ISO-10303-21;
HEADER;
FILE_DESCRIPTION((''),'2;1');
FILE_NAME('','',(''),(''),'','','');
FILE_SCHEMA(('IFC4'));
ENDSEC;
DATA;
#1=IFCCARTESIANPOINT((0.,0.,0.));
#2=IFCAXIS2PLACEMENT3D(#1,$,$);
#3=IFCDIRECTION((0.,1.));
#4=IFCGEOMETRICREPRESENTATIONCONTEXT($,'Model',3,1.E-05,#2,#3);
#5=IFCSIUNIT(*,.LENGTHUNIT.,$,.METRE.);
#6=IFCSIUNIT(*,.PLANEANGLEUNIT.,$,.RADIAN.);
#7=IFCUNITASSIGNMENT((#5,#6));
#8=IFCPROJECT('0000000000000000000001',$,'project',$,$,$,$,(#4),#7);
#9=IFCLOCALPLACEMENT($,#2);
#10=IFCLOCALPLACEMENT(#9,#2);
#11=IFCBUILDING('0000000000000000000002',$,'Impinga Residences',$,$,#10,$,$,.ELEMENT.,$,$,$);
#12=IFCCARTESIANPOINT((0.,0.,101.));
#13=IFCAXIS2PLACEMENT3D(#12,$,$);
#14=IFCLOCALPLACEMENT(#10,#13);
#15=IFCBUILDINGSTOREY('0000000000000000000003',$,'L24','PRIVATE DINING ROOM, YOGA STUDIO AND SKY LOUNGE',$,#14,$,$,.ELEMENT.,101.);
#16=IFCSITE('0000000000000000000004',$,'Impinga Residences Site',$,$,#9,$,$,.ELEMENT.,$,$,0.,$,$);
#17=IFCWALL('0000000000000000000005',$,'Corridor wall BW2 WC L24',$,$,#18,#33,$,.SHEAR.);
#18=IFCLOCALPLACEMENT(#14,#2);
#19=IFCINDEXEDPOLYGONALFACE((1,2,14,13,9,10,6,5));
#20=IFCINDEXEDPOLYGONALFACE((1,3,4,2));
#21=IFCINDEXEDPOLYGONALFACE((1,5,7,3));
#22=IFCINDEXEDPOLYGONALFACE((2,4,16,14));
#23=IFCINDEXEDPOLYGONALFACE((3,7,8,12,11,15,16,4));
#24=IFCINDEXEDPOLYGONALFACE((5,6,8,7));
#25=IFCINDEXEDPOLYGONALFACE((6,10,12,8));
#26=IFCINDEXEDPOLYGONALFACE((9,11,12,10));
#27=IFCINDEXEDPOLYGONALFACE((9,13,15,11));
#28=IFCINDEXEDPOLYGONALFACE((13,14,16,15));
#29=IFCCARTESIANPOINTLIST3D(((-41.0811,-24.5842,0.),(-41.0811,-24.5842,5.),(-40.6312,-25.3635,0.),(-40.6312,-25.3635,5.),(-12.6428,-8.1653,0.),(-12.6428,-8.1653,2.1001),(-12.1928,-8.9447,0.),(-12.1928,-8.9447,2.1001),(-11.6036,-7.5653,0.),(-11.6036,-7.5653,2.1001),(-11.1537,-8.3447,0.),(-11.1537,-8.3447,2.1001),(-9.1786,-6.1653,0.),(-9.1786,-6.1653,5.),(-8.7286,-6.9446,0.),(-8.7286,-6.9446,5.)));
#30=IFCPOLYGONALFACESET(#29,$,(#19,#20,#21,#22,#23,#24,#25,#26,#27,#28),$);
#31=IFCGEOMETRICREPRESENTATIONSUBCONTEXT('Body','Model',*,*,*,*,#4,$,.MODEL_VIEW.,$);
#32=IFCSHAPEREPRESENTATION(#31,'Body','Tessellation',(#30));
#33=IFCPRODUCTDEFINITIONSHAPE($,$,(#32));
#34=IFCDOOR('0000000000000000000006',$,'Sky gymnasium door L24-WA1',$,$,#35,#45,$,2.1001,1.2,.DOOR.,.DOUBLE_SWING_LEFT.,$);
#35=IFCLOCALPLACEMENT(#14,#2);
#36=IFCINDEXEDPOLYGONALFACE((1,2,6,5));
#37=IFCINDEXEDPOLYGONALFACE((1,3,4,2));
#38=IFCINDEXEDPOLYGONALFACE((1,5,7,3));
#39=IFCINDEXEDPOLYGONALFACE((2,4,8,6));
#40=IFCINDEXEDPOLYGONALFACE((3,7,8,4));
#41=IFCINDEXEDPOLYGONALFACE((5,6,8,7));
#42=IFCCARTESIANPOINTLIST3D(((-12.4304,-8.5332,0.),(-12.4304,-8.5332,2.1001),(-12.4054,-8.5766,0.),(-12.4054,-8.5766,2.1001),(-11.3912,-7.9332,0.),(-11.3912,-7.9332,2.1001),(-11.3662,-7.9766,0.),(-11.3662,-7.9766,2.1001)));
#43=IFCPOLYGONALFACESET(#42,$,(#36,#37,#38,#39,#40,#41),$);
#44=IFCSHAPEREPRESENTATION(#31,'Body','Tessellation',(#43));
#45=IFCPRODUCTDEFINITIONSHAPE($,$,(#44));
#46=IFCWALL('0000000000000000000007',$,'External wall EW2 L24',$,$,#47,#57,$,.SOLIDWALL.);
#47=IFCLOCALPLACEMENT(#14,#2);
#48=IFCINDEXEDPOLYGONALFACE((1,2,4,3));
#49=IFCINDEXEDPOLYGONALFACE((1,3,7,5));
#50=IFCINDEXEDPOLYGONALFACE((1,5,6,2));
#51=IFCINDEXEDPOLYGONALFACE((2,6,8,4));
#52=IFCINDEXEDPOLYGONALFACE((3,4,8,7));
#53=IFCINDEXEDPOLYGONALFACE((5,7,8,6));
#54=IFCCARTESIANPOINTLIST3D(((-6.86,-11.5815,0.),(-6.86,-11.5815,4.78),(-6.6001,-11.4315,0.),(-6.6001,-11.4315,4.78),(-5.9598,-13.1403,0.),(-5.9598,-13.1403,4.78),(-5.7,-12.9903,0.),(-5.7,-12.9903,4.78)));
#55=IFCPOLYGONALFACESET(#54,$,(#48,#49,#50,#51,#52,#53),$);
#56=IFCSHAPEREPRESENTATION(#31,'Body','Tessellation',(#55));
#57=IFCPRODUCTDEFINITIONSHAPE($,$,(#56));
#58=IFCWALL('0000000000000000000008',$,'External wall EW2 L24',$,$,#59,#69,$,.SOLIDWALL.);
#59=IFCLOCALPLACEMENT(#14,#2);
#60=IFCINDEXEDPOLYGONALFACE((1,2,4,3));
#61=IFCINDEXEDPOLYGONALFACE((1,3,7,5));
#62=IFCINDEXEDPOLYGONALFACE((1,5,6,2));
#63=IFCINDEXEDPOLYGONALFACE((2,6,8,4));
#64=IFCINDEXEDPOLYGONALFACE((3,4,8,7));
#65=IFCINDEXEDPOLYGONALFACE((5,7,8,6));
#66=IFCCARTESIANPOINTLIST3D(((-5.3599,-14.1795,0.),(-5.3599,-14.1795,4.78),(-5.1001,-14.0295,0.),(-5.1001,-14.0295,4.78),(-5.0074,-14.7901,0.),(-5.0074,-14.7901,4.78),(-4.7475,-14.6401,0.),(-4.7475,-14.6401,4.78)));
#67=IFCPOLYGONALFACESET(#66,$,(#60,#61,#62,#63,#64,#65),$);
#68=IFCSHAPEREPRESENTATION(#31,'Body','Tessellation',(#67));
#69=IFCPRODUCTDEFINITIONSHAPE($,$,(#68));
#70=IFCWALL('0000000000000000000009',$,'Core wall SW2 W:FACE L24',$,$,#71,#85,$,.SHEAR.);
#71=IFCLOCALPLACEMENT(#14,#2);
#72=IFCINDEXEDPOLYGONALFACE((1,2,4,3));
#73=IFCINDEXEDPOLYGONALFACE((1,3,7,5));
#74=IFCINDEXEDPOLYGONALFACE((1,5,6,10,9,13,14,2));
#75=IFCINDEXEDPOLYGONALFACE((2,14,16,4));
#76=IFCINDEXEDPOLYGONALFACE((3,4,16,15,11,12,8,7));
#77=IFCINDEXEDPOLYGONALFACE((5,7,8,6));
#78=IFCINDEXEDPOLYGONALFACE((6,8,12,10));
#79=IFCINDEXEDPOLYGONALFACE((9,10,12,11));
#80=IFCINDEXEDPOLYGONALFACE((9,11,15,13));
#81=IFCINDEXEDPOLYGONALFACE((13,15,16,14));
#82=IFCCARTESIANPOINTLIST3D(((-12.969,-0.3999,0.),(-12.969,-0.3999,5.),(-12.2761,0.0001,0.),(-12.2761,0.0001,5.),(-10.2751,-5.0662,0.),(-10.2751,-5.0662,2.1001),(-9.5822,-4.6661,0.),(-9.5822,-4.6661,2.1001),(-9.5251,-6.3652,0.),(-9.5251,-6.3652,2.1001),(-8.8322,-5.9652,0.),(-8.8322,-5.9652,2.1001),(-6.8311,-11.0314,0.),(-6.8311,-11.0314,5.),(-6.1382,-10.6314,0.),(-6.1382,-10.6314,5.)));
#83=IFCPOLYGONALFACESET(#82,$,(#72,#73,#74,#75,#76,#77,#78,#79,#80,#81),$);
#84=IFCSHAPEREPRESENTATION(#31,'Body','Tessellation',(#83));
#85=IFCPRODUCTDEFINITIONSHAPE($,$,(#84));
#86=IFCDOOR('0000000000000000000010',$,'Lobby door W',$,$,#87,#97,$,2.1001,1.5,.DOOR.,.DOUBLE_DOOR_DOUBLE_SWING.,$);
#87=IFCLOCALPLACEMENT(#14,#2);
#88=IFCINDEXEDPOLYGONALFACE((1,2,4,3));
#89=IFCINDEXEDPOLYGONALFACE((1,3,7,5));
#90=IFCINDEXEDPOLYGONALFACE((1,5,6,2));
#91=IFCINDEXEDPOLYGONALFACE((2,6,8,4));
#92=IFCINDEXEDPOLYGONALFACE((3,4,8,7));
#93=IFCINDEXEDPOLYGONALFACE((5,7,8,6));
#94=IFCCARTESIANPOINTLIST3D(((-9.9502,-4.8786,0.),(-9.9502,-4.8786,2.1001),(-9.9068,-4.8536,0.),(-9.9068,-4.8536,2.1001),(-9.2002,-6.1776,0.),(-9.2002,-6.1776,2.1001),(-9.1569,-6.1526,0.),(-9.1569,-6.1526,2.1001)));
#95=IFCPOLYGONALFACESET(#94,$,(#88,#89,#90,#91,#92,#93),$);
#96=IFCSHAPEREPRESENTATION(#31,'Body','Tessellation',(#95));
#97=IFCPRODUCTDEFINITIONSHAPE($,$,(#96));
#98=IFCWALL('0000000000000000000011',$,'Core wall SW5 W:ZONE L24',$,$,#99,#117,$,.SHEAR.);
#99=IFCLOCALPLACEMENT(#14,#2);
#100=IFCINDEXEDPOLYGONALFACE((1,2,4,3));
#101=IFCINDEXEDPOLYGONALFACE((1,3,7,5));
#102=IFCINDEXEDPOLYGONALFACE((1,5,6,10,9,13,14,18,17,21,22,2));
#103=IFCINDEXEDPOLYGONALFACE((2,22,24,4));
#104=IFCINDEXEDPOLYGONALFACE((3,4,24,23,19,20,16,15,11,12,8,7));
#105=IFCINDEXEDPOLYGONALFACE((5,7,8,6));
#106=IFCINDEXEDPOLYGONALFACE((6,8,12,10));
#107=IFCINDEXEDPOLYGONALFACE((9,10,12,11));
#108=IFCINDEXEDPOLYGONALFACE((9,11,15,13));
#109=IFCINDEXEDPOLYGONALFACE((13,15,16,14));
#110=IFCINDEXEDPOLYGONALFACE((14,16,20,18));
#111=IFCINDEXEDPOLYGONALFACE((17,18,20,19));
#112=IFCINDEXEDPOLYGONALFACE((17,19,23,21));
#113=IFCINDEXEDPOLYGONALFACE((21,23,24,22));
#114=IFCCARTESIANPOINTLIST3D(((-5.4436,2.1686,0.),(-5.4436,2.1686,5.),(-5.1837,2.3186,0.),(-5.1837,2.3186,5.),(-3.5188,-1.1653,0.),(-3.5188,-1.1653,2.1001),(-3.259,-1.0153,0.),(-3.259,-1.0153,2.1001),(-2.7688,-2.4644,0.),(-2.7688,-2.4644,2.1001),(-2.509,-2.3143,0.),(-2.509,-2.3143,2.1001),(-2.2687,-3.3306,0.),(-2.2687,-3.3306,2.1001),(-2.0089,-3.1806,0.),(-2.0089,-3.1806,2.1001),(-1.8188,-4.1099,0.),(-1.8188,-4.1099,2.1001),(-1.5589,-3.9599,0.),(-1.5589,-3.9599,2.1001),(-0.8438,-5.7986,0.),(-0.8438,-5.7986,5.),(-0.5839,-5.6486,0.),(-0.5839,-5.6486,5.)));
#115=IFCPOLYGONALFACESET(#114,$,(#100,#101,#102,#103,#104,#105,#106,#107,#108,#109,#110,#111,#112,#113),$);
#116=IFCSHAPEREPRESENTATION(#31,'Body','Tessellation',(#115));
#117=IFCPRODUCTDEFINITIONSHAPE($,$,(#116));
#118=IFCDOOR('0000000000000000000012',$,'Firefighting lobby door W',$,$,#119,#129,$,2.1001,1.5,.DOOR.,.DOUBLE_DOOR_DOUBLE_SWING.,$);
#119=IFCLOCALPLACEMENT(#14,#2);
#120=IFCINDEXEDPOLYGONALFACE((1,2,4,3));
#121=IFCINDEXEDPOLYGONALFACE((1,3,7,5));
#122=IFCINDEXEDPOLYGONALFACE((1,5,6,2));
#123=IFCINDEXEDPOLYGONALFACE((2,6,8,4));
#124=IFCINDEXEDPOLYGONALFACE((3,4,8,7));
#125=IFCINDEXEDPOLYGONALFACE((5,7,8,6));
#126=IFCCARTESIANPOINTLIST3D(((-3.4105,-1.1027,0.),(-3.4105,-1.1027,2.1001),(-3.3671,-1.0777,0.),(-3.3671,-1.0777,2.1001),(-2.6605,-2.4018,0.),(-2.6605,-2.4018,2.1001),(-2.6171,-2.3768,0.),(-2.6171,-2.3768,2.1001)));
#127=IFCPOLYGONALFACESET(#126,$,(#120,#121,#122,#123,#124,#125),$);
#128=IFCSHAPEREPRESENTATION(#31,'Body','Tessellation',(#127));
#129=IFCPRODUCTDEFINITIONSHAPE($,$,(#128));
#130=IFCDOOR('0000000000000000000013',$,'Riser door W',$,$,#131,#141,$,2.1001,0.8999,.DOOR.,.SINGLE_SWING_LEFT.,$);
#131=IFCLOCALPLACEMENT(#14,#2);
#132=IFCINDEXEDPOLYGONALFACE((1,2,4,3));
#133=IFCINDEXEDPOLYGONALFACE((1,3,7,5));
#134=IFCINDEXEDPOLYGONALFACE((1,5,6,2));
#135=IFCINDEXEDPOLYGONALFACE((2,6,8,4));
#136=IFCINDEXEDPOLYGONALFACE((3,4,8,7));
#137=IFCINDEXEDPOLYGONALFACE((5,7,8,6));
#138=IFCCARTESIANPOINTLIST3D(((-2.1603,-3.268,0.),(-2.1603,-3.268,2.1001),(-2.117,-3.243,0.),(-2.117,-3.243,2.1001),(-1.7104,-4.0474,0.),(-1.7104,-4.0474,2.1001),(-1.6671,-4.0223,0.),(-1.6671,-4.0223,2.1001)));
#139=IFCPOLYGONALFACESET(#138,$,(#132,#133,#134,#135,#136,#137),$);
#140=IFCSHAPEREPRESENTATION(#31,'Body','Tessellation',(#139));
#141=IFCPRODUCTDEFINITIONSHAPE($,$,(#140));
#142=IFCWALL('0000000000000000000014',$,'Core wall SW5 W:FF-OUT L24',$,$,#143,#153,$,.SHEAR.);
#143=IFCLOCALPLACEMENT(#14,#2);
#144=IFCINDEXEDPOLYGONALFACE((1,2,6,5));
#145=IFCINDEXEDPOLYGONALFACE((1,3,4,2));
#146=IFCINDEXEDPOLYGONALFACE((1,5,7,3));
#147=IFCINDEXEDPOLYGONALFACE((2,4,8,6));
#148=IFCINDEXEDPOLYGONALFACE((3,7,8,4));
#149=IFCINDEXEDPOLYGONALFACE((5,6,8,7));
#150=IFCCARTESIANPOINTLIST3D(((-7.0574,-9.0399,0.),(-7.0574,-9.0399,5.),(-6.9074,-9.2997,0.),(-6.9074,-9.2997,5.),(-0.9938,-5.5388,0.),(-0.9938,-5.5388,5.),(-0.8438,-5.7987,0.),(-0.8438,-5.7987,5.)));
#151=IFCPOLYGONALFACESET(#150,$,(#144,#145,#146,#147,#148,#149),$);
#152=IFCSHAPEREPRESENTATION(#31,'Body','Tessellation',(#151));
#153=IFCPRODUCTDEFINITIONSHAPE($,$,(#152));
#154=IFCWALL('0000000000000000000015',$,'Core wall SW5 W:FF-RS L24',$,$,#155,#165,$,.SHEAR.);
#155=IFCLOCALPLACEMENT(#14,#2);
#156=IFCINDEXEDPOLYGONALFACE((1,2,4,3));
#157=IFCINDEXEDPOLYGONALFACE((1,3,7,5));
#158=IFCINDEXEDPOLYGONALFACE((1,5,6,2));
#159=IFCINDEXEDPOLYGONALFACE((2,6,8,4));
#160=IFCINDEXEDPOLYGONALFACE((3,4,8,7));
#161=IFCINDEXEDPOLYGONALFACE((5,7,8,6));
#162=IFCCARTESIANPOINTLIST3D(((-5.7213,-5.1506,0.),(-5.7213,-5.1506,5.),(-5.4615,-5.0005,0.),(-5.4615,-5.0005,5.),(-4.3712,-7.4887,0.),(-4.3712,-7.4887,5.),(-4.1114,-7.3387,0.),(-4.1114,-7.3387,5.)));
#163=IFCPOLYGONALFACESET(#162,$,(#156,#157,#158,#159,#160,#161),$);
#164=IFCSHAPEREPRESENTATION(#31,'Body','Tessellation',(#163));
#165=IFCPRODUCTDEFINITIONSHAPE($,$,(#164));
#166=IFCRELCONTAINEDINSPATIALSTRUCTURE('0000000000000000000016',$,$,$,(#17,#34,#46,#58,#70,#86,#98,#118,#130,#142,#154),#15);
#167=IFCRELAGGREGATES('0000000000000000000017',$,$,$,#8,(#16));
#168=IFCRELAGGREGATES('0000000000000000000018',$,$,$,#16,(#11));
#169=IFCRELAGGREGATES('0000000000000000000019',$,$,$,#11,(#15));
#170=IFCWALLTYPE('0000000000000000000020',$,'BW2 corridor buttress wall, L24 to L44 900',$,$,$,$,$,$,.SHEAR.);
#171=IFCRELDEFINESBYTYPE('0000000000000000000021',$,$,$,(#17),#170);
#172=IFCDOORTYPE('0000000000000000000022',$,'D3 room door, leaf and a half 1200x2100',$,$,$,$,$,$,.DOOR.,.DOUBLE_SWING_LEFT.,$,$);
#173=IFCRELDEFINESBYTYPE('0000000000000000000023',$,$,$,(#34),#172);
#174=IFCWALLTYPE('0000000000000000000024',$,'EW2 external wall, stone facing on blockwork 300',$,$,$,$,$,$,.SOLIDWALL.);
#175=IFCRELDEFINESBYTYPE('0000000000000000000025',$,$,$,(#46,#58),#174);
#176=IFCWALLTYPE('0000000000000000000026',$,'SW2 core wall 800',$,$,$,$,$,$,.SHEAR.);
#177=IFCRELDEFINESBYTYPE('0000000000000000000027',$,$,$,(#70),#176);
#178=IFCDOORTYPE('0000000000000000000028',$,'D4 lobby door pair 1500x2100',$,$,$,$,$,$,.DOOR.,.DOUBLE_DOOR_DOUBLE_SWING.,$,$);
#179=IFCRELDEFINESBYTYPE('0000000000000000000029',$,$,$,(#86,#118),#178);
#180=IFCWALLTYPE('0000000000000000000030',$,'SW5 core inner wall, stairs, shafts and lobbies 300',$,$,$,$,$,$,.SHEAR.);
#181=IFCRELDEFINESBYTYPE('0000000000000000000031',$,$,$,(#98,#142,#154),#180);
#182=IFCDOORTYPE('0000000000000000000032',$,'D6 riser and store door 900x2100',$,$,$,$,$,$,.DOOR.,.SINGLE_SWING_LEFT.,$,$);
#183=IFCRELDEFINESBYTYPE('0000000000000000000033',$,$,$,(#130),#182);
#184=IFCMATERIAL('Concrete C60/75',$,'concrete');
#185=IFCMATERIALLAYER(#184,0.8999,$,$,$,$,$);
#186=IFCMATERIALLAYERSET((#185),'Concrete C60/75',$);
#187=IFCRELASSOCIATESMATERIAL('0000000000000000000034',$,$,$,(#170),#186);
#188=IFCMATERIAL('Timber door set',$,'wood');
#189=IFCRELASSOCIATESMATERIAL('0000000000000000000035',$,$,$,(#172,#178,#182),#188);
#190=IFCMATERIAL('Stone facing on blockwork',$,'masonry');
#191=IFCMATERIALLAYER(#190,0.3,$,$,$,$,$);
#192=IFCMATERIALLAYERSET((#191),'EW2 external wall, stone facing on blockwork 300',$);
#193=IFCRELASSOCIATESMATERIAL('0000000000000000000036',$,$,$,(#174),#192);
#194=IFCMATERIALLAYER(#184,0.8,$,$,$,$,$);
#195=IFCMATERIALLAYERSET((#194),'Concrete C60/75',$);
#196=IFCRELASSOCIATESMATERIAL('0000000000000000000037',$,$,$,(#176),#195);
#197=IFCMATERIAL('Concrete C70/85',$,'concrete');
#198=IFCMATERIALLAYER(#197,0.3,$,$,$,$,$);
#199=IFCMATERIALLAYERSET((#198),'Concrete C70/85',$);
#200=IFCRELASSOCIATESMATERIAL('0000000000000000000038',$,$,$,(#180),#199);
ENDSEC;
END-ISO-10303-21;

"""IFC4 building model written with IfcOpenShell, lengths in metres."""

from ifc_helpers import new_model, si_unit, direction, frame, frame_2d, origin, place, context, subcontext, project, spatial, rectangle, extrude, material, layer, layer_set, type_object, element, fill, save


model = new_model("IFC4")

# Units and contexts
model_context = context("Model", 3, precision=1e-05, world=origin(), true_north=direction((0.0, 1.0)))
body_context = subcontext(model_context, "Body", "Model", "MODEL_VIEW")
ifc_project = project(units=[si_unit("LENGTHUNIT", "METRE"), si_unit("PLANEANGLEUNIT", "RADIAN")], contexts=[model_context])

# Site, building, storey
site_placement = place(None, origin())
site = spatial("IfcSite", under=ifc_project, at=site_placement, Name="Impinga Residences Site", CompositionType="ELEMENT", RefElevation=0.0)
building_placement = place(site_placement, origin())
building = spatial("IfcBuilding", under=site, at=building_placement, Name="Impinga Residences", CompositionType="ELEMENT")
storey_placement = place(building_placement, frame((0.0, 0.0, 101.0)))
storey = spatial("IfcBuildingStorey", under=building, at=storey_placement, Name="L24", Description="PRIVATE DINING ROOM, YOGA STUDIO AND SKY LOUNGE", CompositionType="ELEMENT", Elevation=101.0)

# Shared definitions
ifc_material_1 = material(Name="Concrete C60/75", Category="concrete")

# Wall, opening, door
ifc_layer_1 = layer(ifc_material_1, 0.8999)
ifc_layer_set_1 = layer_set([ifc_layer_1], Name="Concrete C60/75")
wall_type_1 = type_object("IfcWallType", Name="BW2 corridor buttress wall, L24 to L44 900", PredefinedType="SHEAR", material=ifc_layer_set_1)
wall_1_placement = place(storey_placement, frame((-8.9536, -6.5549, 0.0), z_axis=(0.0, 0.0, 1.0), x_axis=(-0.866026, -0.5, 0.0)))
wall_1 = element("IfcWall", 1, at=wall_1_placement, inside=storey, type_object=wall_type_1, Name="Corridor wall BW2 WC L24", PredefinedType="SHEAR", context=body_context, shape_type="SweptSolid", body=[
    extrude(rectangle(XDim=36.8379, YDim=0.8999, at=frame_2d((18.4189, 0.0))), origin(), (0.0, 0.0, 1.0), 5.0),
])
opening_1_placement = place(wall_1_placement, frame((2.8, 0.0, 0.0)))
opening_1 = element("IfcOpeningElement", 2, at=opening_1_placement, cuts=wall_1, PredefinedType="OPENING", context=body_context, shape_type="SweptSolid", body=[
    extrude(rectangle(XDim=1.2, YDim=2.1001, at=frame_2d((0.6001, 1.05))), frame((0.0, 0.46, 0.0), z_axis=(0.0, -1.0, 0.0), x_axis=(1.0, 0.0, 0.0)), (0.0, 0.0, 1.0), 0.9199),
])
ifc_material_2 = material(Name="Timber door set", Category="wood")
door_type_1 = type_object("IfcDoorType", Name="D3 room door, leaf and a half 1200x2100", OperationType="DOUBLE_SWING_LEFT", PredefinedType="DOOR", material=ifc_material_2)
door_1_placement = place(opening_1_placement, origin())
door_1 = element("IfcDoor", 3, at=door_1_placement, inside=storey, type_object=door_type_1, Name="Sky gymnasium door L24-WA1", OperationType="DOUBLE_SWING_LEFT", OverallHeight=2.1001, OverallWidth=1.2, PredefinedType="DOOR", context=body_context, shape_type="SweptSolid", body=[
    extrude(rectangle(XDim=1.2, YDim=2.1001, at=frame_2d((0.6001, 1.05))), frame((0.0, 0.0249, 0.0), z_axis=(0.0, -1.0, 0.0), x_axis=(1.0, 0.0, 0.0)), (0.0, 0.0, 1.0), 0.05),
])
fill(opening_1, door_1)

# Walls
ifc_material_3 = material(Name="Stone facing on blockwork", Category="masonry")
ifc_layer_2 = layer(ifc_material_3, 0.3)
ifc_layer_set_2 = layer_set([ifc_layer_2], Name="EW2 external wall, stone facing on blockwork 300")
wall_type_2 = type_object("IfcWallType", Name="EW2 external wall, stone facing on blockwork 300", PredefinedType="SOLIDWALL", material=ifc_layer_set_2)
wall_2_placement = place(storey_placement, frame((-6.73, -11.5066, 0.0), z_axis=(0.0, 0.0, 1.0), x_axis=(0.500063, -0.865989, 0.0)))
element("IfcWall", 4, at=wall_2_placement, inside=storey, type_object=wall_type_2, Name="External wall EW2 L24", PredefinedType="SOLIDWALL", context=body_context, shape_type="SweptSolid", body=[
    extrude(rectangle(XDim=1.8, YDim=0.3, at=frame_2d((0.8999, 0.0))), origin(), (0.0, 0.0, 1.0), 4.78),
])
wall_3_placement = place(storey_placement, frame((-5.23, -14.1045, 0.0), z_axis=(0.0, 0.0, 1.0), x_axis=(0.500012, -0.866018, 0.0)))
element("IfcWall", 5, at=wall_3_placement, inside=storey, type_object=wall_type_2, Name="External wall EW2 L24", PredefinedType="SOLIDWALL", context=body_context, shape_type="SweptSolid", body=[
    extrude(rectangle(XDim=0.7051, YDim=0.3, at=frame_2d((0.3525, 0.0))), origin(), (0.0, 0.0, 1.0), 4.78),
])

# Wall, opening, door
ifc_layer_3 = layer(ifc_material_1, 0.8)
ifc_layer_set_3 = layer_set([ifc_layer_3], Name="Concrete C60/75")
wall_type_3 = type_object("IfcWallType", Name="SW2 core wall 800", PredefinedType="SHEAR", material=ifc_layer_set_3)
wall_4_placement = place(storey_placement, frame((-6.4846, -10.8315, 0.0), z_axis=(0.0, 0.0, 1.0), x_axis=(-0.499987, 0.866033, 0.0)))
wall_4 = element("IfcWall", 6, at=wall_4_placement, inside=storey, type_object=wall_type_3, Name="Core wall SW2 W:FACE L24", PredefinedType="SHEAR", context=body_context, shape_type="SweptSolid", body=[
    extrude(rectangle(XDim=12.2761, YDim=0.8, at=frame_2d((6.1382, 0.0))), origin(), (0.0, 0.0, 1.0), 5.0),
])
opening_2_placement = place(wall_4_placement, frame((5.3882, 0.0, 0.0)))
opening_2 = element("IfcOpeningElement", 7, at=opening_2_placement, cuts=wall_4, PredefinedType="OPENING", context=body_context, shape_type="SweptSolid", body=[
    extrude(rectangle(XDim=1.5, YDim=2.1001, at=frame_2d((0.75, 1.05))), frame((0.0, 0.4099, 0.0), z_axis=(0.0, -1.0, 0.0), x_axis=(1.0, 0.0, 0.0)), (0.0, 0.0, 1.0), 0.8201),
])
door_type_2 = type_object("IfcDoorType", Name="D4 lobby door pair 1500x2100", OperationType="DOUBLE_DOOR_DOUBLE_SWING", PredefinedType="DOOR", material=ifc_material_2)
door_2_placement = place(opening_2_placement, origin())
door_2 = element("IfcDoor", 8, at=door_2_placement, inside=storey, type_object=door_type_2, Name="Lobby door W", OperationType="DOUBLE_DOOR_DOUBLE_SWING", OverallHeight=2.1001, OverallWidth=1.5, PredefinedType="DOOR", context=body_context, shape_type="SweptSolid", body=[
    extrude(rectangle(XDim=1.5, YDim=2.1001, at=frame_2d((0.75, 1.05))), frame((0.0, 0.0249, 0.0), z_axis=(0.0, -1.0, 0.0), x_axis=(1.0, 0.0, 0.0)), (0.0, 0.0, 1.0), 0.05),
])
fill(opening_2, door_2)

# Wall, openings, doors
ifc_material_4 = material(Name="Concrete C70/85", Category="concrete")
ifc_layer_4 = layer(ifc_material_4, 0.3)
ifc_layer_set_4 = layer_set([ifc_layer_4], Name="Concrete C70/85")
wall_type_4 = type_object("IfcWallType", Name="SW5 core inner wall, stairs, shafts and lobbies 300", PredefinedType="SHEAR", material=ifc_layer_set_4)
wall_5_placement = place(storey_placement, frame((-0.7139, -5.7236, 0.0), z_axis=(0.0, 0.0, 1.0), x_axis=(-0.499995, 0.866028, 0.0)))
wall_5 = element("IfcWall", 9, at=wall_5_placement, inside=storey, type_object=wall_type_4, Name="Core wall SW5 W:ZONE L24", PredefinedType="SHEAR", context=body_context, shape_type="SweptSolid", body=[
    extrude(rectangle(XDim=9.1997, YDim=0.3, at=frame_2d((4.5999, 0.0))), origin(), (0.0, 0.0, 1.0), 5.0),
])
opening_3_placement = place(wall_5_placement, frame((3.8501, 0.0, 0.0)))
opening_3 = element("IfcOpeningElement", 10, at=opening_3_placement, cuts=wall_5, PredefinedType="OPENING", context=body_context, shape_type="SweptSolid", body=[
    extrude(rectangle(XDim=1.5, YDim=2.1001, at=frame_2d((0.75, 1.05))), frame((0.0, 0.1599, 0.0), z_axis=(0.0, -1.0, 0.0), x_axis=(1.0, 0.0, 0.0)), (0.0, 0.0, 1.0), 0.3201),
])
opening_4_placement = place(wall_5_placement, frame((1.95, 0.0, 0.0)))
opening_4 = element("IfcOpeningElement", 11, at=opening_4_placement, cuts=wall_5, PredefinedType="OPENING", context=body_context, shape_type="SweptSolid", body=[
    extrude(rectangle(XDim=0.8999, YDim=2.1001, at=frame_2d((0.45, 1.05))), frame((0.0, 0.1599, 0.0), z_axis=(0.0, -1.0, 0.0), x_axis=(1.0, 0.0, 0.0)), (0.0, 0.0, 1.0), 0.3201),
])
door_3_placement = place(opening_3_placement, origin())
door_3 = element("IfcDoor", 12, at=door_3_placement, inside=storey, type_object=door_type_2, Name="Firefighting lobby door W", OperationType="DOUBLE_DOOR_DOUBLE_SWING", OverallHeight=2.1001, OverallWidth=1.5, PredefinedType="DOOR", context=body_context, shape_type="SweptSolid", body=[
    extrude(rectangle(XDim=1.5, YDim=2.1001, at=frame_2d((0.75, 1.05))), frame((0.0, 0.0249, 0.0), z_axis=(0.0, -1.0, 0.0), x_axis=(1.0, 0.0, 0.0)), (0.0, 0.0, 1.0), 0.05),
])
fill(opening_3, door_3)
door_type_3 = type_object("IfcDoorType", Name="D6 riser and store door 900x2100", OperationType="SINGLE_SWING_LEFT", PredefinedType="DOOR", material=ifc_material_2)
door_4_placement = place(opening_4_placement, origin())
door_4 = element("IfcDoor", 13, at=door_4_placement, inside=storey, type_object=door_type_3, Name="Riser door W", OperationType="SINGLE_SWING_LEFT", OverallHeight=2.1001, OverallWidth=0.8999, PredefinedType="DOOR", context=body_context, shape_type="SweptSolid", body=[
    extrude(rectangle(XDim=0.8999, YDim=2.1001, at=frame_2d((0.45, 1.05))), frame((0.0, 0.0249, 0.0), z_axis=(0.0, -1.0, 0.0), x_axis=(1.0, 0.0, 0.0)), (0.0, 0.0, 1.0), 0.05),
])
fill(opening_4, door_4)

# Walls
wall_6_placement = place(storey_placement, frame((-0.9187, -5.6687, 0.0), z_axis=(0.0, 0.0, 1.0), x_axis=(-0.866011, -0.500024, 0.0)))
element("IfcWall", 14, at=wall_6_placement, inside=storey, type_object=wall_type_4, Name="Core wall SW5 W:FF-OUT L24", PredefinedType="SHEAR", context=body_context, shape_type="SweptSolid", body=[
    extrude(rectangle(XDim=7.0017, YDim=0.3, at=frame_2d((3.501, 0.0))), origin(), (0.0, 0.0, 1.0), 5.0),
])
wall_7_placement = place(storey_placement, frame((-4.2412, -7.4138, 0.0), z_axis=(0.0, 0.0, 1.0), x_axis=(-0.500049, 0.865997, 0.0)))
element("IfcWall", 15, at=wall_7_placement, inside=storey, type_object=wall_type_4, Name="Core wall SW5 W:FF-RS L24", PredefinedType="SHEAR", context=body_context, shape_type="SweptSolid", body=[
    extrude(rectangle(XDim=2.7, YDim=0.3, at=frame_2d((1.3501, 0.0))), origin(), (0.0, 0.0, 1.0), 5.0),
])

save(model, "model.ifc")
